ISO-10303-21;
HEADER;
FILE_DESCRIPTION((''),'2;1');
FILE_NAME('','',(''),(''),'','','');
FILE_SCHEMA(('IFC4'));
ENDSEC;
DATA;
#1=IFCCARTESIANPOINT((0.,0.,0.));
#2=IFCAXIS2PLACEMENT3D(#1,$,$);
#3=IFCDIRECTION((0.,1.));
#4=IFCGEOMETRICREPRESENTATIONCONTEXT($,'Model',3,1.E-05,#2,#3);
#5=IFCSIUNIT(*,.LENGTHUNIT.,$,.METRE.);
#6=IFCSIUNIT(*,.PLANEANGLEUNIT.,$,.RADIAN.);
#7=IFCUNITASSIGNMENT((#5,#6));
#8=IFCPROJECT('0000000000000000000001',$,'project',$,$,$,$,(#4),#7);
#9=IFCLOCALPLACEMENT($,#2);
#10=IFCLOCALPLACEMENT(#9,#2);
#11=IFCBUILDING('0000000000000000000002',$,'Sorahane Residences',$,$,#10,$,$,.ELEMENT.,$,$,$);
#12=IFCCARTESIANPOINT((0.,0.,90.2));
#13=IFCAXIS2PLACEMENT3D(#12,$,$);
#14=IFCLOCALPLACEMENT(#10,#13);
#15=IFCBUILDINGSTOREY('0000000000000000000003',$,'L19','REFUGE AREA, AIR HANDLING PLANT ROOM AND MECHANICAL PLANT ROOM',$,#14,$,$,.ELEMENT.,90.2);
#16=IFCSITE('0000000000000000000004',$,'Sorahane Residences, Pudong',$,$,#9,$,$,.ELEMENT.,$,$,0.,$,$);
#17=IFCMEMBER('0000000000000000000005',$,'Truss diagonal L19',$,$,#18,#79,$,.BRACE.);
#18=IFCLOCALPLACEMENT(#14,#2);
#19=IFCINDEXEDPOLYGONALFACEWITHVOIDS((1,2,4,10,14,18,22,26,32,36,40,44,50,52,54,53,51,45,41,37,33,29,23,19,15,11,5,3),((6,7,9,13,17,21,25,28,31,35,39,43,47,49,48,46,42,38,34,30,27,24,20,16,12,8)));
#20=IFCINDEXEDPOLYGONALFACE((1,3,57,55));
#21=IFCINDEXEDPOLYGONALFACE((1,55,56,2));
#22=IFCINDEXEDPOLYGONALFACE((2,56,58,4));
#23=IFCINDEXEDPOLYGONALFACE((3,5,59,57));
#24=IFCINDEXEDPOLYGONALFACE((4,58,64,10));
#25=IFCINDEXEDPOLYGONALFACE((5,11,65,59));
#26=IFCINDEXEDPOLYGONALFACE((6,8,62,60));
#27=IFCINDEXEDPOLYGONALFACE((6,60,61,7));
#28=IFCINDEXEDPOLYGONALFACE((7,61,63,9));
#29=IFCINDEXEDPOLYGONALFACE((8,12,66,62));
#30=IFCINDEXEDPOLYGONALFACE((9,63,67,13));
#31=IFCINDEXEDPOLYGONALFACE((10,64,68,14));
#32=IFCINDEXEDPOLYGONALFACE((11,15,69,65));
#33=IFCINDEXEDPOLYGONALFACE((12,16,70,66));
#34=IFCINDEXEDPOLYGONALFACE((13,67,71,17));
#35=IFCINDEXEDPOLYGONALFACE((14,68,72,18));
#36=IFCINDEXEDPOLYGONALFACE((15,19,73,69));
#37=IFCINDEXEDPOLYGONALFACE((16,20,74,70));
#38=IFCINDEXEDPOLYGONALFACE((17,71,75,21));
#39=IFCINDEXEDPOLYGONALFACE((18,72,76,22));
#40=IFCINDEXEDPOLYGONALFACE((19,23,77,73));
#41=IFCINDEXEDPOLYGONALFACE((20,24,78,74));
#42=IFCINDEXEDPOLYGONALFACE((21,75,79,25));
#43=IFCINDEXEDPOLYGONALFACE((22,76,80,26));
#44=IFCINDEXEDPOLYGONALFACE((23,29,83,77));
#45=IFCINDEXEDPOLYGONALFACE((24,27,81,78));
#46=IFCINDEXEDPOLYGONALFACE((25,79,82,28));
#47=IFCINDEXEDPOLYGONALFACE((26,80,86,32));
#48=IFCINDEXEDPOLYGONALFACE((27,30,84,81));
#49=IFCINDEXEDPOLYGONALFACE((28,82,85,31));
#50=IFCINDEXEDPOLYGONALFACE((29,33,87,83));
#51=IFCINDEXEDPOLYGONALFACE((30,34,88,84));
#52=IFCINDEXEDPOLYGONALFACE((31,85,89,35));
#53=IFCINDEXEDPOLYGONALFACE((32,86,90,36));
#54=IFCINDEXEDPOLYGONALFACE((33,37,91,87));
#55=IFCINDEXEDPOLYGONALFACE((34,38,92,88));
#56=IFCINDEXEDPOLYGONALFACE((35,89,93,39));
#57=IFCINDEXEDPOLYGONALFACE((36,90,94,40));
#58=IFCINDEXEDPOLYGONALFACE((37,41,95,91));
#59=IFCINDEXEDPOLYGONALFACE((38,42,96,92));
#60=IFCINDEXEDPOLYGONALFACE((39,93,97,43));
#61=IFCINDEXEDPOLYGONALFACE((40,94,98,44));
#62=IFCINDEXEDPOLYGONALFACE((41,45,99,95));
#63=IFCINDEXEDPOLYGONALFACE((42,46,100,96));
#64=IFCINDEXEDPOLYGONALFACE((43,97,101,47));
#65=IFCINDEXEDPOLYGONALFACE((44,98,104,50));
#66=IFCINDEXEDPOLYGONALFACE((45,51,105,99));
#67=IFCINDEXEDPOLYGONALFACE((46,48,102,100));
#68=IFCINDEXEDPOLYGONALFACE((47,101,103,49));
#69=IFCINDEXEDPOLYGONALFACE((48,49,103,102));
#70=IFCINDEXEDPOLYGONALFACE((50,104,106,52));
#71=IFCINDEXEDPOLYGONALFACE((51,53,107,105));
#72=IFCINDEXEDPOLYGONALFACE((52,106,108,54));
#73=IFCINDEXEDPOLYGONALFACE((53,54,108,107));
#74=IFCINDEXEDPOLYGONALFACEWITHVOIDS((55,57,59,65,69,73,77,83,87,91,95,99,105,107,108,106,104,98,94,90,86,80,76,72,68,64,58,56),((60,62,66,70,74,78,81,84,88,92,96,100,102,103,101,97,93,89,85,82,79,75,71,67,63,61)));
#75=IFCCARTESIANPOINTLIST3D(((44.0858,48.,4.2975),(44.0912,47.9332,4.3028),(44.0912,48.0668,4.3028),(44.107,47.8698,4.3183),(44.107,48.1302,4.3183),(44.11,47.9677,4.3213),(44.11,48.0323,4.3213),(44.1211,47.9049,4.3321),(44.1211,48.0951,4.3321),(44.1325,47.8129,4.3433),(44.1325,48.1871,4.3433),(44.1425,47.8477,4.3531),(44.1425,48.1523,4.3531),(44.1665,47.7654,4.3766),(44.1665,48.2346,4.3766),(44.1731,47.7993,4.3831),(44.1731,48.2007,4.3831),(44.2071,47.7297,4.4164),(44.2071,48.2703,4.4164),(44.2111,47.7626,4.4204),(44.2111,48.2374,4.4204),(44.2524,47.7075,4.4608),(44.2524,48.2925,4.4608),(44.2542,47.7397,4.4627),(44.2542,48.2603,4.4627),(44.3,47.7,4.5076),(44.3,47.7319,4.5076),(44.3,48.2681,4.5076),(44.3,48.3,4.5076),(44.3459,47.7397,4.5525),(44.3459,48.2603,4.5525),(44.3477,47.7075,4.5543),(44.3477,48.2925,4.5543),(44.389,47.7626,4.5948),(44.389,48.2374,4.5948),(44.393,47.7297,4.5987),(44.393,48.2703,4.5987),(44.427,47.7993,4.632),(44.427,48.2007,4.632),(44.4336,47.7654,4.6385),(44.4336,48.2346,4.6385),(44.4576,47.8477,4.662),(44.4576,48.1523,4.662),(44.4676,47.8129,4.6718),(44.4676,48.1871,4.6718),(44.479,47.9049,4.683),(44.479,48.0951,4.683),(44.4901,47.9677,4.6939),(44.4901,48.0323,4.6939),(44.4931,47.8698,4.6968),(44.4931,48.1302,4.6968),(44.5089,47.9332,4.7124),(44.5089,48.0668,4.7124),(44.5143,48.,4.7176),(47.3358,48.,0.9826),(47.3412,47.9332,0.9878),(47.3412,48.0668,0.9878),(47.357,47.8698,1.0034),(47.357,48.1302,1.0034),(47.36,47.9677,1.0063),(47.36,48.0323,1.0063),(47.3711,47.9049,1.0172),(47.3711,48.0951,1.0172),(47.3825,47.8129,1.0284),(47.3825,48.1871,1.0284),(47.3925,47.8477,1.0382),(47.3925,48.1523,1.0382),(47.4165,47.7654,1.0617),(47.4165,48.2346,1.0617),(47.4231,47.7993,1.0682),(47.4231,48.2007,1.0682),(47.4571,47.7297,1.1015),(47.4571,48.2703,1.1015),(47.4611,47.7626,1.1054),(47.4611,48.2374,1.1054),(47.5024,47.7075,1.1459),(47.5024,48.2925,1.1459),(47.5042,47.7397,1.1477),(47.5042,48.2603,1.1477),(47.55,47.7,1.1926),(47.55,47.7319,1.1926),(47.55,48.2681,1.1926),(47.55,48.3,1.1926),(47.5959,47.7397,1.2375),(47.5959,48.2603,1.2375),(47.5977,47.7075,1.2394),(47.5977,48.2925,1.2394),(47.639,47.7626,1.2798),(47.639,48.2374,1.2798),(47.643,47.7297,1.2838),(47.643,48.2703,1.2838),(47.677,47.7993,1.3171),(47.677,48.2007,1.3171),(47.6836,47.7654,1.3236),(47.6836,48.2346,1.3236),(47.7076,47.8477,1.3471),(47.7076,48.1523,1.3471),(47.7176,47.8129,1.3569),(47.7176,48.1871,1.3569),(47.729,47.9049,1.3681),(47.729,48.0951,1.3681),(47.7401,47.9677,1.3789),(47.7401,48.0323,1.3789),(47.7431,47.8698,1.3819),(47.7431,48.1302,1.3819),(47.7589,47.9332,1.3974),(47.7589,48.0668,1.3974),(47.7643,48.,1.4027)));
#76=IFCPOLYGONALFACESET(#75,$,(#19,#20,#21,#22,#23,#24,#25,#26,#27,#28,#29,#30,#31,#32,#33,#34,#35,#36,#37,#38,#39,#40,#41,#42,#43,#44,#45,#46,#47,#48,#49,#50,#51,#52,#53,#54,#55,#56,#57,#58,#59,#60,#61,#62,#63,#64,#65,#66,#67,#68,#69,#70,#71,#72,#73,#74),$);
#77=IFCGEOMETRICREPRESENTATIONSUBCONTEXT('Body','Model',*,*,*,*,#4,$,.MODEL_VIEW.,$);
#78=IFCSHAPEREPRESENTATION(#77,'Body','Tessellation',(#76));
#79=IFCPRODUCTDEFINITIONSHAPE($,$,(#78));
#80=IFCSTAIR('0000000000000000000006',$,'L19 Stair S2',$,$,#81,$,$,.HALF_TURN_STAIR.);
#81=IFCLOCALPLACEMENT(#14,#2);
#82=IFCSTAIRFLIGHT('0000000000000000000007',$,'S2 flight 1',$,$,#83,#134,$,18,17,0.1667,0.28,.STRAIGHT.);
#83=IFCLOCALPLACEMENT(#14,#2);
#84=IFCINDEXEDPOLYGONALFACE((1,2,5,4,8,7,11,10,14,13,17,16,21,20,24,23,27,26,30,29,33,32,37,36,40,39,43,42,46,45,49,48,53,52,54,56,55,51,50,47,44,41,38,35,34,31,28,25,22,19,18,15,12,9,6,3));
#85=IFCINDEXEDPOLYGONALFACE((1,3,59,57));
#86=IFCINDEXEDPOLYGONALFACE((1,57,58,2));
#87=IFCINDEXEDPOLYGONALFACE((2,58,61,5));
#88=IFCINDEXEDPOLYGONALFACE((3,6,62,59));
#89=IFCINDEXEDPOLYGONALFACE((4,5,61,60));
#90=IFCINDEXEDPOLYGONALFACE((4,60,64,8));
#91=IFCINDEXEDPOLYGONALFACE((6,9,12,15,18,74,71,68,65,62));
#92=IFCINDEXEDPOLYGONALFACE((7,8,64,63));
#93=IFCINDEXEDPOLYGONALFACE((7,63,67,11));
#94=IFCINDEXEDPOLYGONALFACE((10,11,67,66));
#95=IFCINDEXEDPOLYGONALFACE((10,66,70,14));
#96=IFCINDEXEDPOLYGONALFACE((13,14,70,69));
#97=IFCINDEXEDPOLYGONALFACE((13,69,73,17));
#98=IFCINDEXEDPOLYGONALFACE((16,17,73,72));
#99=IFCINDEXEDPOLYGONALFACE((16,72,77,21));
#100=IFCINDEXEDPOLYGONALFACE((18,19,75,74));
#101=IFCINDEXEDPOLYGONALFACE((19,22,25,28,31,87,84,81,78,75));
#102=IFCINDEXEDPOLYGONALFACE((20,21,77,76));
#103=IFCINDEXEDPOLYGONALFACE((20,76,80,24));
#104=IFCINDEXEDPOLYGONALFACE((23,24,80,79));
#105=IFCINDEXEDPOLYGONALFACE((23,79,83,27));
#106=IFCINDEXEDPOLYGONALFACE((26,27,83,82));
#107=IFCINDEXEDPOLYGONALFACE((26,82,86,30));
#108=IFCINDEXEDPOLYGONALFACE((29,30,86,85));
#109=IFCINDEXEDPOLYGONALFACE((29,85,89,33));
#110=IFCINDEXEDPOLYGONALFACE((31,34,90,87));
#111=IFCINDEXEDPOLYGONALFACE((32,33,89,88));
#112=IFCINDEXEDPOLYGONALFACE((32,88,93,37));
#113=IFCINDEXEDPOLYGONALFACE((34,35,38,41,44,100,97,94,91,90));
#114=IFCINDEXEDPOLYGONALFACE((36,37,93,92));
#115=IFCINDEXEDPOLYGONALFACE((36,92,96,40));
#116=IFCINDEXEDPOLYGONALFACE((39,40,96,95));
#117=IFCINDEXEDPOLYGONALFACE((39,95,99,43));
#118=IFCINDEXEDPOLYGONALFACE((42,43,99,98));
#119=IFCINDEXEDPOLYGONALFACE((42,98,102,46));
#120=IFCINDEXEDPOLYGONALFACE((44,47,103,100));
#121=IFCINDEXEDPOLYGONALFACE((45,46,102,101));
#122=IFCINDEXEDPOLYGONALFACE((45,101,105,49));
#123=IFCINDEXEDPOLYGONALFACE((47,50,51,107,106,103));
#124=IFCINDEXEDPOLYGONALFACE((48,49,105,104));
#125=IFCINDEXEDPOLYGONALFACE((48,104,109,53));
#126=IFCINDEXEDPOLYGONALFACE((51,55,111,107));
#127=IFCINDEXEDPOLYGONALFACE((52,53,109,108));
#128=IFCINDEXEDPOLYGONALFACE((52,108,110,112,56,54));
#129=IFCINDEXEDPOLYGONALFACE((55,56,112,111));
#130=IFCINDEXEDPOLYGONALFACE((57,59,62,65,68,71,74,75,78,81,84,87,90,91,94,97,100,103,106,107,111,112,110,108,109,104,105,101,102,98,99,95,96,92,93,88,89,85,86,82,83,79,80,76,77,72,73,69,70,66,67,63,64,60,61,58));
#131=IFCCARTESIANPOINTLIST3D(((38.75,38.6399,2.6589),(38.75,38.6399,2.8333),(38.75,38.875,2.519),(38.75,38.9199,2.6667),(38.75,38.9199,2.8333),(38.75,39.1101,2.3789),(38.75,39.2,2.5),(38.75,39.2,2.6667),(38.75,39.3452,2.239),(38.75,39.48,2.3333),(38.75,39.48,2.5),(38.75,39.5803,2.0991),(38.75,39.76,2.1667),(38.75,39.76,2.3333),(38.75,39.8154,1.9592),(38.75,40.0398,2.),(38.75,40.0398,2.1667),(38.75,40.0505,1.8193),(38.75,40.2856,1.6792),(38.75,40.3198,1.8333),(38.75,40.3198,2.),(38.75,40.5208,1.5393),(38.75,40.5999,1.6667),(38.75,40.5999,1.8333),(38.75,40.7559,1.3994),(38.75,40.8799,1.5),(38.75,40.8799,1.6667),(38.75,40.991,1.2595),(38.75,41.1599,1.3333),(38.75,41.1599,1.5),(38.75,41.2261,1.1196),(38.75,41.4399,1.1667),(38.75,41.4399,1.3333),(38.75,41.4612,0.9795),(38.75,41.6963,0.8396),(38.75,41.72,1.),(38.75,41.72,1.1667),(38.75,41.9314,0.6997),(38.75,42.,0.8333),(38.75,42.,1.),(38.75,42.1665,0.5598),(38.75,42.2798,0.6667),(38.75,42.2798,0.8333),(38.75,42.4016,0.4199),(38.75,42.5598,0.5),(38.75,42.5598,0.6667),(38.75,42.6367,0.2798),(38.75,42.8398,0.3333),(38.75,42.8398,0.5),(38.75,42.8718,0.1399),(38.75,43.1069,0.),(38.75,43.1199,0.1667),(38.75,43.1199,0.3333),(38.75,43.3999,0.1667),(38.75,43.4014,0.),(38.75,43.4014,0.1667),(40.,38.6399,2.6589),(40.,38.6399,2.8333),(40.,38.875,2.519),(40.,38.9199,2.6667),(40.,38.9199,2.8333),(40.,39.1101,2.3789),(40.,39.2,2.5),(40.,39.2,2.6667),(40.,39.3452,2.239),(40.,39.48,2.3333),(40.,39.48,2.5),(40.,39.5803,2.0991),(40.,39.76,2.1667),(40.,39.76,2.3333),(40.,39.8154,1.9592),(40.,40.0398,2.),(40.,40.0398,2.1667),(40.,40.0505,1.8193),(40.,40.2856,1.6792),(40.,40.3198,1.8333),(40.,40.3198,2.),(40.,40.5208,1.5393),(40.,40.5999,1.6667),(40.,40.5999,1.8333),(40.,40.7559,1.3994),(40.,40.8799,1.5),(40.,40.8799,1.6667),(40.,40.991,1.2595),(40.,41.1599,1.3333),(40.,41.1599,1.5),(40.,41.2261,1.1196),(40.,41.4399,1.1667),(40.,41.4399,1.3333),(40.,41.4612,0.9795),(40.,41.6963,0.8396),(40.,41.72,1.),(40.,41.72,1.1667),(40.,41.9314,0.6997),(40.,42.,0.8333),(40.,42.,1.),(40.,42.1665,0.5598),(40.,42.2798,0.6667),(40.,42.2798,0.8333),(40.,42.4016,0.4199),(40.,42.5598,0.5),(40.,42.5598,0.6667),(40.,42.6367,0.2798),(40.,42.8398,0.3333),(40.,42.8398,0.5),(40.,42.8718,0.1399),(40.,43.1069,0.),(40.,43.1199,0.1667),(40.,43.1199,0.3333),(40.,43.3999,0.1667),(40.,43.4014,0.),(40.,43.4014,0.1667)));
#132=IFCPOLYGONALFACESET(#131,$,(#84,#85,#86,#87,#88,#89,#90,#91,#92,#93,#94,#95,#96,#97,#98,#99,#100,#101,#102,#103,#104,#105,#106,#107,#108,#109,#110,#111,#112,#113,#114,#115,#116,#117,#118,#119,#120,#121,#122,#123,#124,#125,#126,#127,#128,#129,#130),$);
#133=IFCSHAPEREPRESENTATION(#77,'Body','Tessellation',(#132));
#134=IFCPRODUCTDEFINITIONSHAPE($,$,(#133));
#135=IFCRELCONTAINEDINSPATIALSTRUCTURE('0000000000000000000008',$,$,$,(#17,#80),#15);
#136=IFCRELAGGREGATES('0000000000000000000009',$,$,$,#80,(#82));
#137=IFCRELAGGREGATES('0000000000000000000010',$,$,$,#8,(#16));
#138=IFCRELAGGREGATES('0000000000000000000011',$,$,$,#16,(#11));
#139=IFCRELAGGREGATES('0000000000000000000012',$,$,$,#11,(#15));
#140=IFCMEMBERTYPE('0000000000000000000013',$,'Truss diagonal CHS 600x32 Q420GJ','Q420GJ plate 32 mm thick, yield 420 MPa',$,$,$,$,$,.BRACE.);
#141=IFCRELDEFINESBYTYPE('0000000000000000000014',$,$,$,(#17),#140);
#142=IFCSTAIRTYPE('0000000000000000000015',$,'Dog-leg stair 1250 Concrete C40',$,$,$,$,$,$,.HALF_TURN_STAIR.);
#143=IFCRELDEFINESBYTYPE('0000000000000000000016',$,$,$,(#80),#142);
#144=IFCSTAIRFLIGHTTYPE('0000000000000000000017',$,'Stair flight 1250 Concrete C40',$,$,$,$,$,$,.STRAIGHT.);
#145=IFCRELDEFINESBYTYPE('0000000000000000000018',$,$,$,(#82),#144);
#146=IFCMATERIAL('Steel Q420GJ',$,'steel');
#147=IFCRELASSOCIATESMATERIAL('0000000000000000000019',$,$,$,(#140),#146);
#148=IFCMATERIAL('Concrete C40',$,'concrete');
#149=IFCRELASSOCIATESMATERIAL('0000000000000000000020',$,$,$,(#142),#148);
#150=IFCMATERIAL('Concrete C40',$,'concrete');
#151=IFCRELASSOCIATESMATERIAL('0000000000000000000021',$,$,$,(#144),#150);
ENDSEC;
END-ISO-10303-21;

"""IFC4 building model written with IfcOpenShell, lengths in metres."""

from ifc_helpers import new_model, si_unit, direction, frame, origin, origin_2d, place, context, subcontext, project, spatial, polyline, hollow_circle, outline, extrude, material, material_profile, profile_set, type_object, element, aggregate, save


model = new_model("IFC4")

# Units and contexts
model_context = context("Model", 3, precision=1e-05, world=origin(), true_north=direction((0.0, 1.0)))
body_context = subcontext(model_context, "Body", "Model", "MODEL_VIEW")
ifc_project = project(units=[si_unit("LENGTHUNIT", "METRE"), si_unit("PLANEANGLEUNIT", "RADIAN")], contexts=[model_context])

# Site, building, storey
site_placement = place(None, origin())
site = spatial("IfcSite", under=ifc_project, at=site_placement, Name="Sorahane Residences, Pudong", CompositionType="ELEMENT", RefElevation=0.0)
building_placement = place(site_placement, origin())
building = spatial("IfcBuilding", under=site, at=building_placement, Name="Sorahane Residences", CompositionType="ELEMENT")
storey_placement = place(building_placement, frame((0.0, 0.0, 90.2)))
storey = spatial("IfcBuildingStorey", under=building, at=storey_placement, Name="L19", Description="REFUGE AREA, AIR HANDLING PLANT ROOM AND MECHANICAL PLANT ROOM", CompositionType="ELEMENT", Elevation=90.2)

# Member
ifc_material_1 = material(Name="Steel Q420GJ", Category="steel")
ifc_material_profile_1 = material_profile(ifc_material_1, hollow_circle(Radius=0.3, WallThickness=0.032, at=origin_2d()), Name="CHS 600x32")
ifc_profile_set_1 = profile_set([ifc_material_profile_1], Name="Steel Q420GJ")
member_type_1 = type_object("IfcMemberType", Name="Truss diagonal CHS 600x32 Q420GJ", Description="Q420GJ plate 32 mm thick, yield 420 MPa", PredefinedType="BRACE", material=ifc_profile_set_1)
member_1_placement = place(storey_placement, frame((44.3, 48.0, 4.5076), z_axis=(0.700078, 0.0, -0.714067), x_axis=(0.0, 1.0, 0.0)))
element("IfcMember", 1, at=member_1_placement, inside=storey, type_object=member_type_1, Name="Truss diagonal L19", PredefinedType="BRACE", context=body_context, shape_type="SweptSolid", body=[
    extrude(hollow_circle(Radius=0.3, WallThickness=0.032, at=origin_2d()), origin(), (0.0, 0.0, 1.0), 4.6423),
])

# Stair, stair flight
ifc_material_2 = material(Name="Concrete C40", Category="concrete")
stair_type = type_object("IfcStairType", Name="Dog-leg stair 1250 Concrete C40", PredefinedType="HALF_TURN_STAIR", material=ifc_material_2)
stair_placement = place(storey_placement, origin())
stair = element("IfcStair", 2, at=stair_placement, inside=storey, type_object=stair_type, Name="L19 Stair S2", PredefinedType="HALF_TURN_STAIR")
ifc_material_3 = material(Name="Concrete C40", Category="concrete")
stair_flight_type = type_object("IfcStairFlightType", Name="Stair flight 1250 Concrete C40", PredefinedType="STRAIGHT", material=ifc_material_3)
stair_flight_placement = place(storey_placement, frame((39.375, 43.3999, 0.0), z_axis=(0.0, 0.0, 1.0), x_axis=(0.0, -1.0, 0.0)))
stair_flight = element("IfcStairFlight", 3, at=stair_flight_placement, type_object=stair_flight_type, Name="S2 flight 1", NumberOfRisers=18, NumberOfTreads=17, PredefinedType="STRAIGHT", RiserHeight=0.1667, TreadLength=0.28, context=body_context, shape_type="SweptSolid", body=[
    extrude(outline(polyline([(-0.0015, 0.0), (-0.0015, 0.1667), (0.0, 0.1667), (0.28, 0.1667), (0.28, 0.3333), (0.5601, 0.3333), (0.5601, 0.5), (0.8401, 0.5), (0.8401, 0.6667), (1.1201, 0.6667), (1.1201, 0.8333), (1.3999, 0.8333), (1.3999, 1.0), (1.6799, 1.0), (1.6799, 1.1667), (1.96, 1.1667), (1.96, 1.3333), (2.24, 1.3333), (2.24, 1.5), (2.52, 1.5), (2.52, 1.6667), (2.8, 1.6667), (2.8, 1.8333), (3.0801, 1.8333), (3.0801, 2.0), (3.3601, 2.0), (3.3601, 2.1667), (3.6399, 2.1667), (3.6399, 2.3333), (3.9199, 2.3333), (3.9199, 2.5), (4.2, 2.5), (4.2, 2.6667), (4.48, 2.6667), (4.48, 2.8333), (4.76, 2.8333), (4.76, 3.0), (4.76, 2.6589), (4.5249, 2.519), (4.2898, 2.3789), (4.0547, 2.239), (3.8196, 2.0991), (3.5845, 1.9592), (3.3494, 1.8193), (3.1143, 1.6792), (2.8792, 1.5393), (2.644, 1.3994), (2.4089, 1.2595), (2.1738, 1.1196), (1.9387, 0.9795), (1.7036, 0.8396), (1.4685, 0.6997), (1.2334, 0.5598), (0.9983, 0.4199), (0.7632, 0.2798), (0.5281, 0.1399), (0.293, 0.0), (-0.0015, 0.0)])), frame((0.0, 0.625, 0.0), z_axis=(0.0, -1.0, 0.0), x_axis=(1.0, 0.0, 0.0)), (0.0, 0.0, 1.0), 1.25),
])
aggregate(stair, [stair_flight])

save(model, "model.ifc")
